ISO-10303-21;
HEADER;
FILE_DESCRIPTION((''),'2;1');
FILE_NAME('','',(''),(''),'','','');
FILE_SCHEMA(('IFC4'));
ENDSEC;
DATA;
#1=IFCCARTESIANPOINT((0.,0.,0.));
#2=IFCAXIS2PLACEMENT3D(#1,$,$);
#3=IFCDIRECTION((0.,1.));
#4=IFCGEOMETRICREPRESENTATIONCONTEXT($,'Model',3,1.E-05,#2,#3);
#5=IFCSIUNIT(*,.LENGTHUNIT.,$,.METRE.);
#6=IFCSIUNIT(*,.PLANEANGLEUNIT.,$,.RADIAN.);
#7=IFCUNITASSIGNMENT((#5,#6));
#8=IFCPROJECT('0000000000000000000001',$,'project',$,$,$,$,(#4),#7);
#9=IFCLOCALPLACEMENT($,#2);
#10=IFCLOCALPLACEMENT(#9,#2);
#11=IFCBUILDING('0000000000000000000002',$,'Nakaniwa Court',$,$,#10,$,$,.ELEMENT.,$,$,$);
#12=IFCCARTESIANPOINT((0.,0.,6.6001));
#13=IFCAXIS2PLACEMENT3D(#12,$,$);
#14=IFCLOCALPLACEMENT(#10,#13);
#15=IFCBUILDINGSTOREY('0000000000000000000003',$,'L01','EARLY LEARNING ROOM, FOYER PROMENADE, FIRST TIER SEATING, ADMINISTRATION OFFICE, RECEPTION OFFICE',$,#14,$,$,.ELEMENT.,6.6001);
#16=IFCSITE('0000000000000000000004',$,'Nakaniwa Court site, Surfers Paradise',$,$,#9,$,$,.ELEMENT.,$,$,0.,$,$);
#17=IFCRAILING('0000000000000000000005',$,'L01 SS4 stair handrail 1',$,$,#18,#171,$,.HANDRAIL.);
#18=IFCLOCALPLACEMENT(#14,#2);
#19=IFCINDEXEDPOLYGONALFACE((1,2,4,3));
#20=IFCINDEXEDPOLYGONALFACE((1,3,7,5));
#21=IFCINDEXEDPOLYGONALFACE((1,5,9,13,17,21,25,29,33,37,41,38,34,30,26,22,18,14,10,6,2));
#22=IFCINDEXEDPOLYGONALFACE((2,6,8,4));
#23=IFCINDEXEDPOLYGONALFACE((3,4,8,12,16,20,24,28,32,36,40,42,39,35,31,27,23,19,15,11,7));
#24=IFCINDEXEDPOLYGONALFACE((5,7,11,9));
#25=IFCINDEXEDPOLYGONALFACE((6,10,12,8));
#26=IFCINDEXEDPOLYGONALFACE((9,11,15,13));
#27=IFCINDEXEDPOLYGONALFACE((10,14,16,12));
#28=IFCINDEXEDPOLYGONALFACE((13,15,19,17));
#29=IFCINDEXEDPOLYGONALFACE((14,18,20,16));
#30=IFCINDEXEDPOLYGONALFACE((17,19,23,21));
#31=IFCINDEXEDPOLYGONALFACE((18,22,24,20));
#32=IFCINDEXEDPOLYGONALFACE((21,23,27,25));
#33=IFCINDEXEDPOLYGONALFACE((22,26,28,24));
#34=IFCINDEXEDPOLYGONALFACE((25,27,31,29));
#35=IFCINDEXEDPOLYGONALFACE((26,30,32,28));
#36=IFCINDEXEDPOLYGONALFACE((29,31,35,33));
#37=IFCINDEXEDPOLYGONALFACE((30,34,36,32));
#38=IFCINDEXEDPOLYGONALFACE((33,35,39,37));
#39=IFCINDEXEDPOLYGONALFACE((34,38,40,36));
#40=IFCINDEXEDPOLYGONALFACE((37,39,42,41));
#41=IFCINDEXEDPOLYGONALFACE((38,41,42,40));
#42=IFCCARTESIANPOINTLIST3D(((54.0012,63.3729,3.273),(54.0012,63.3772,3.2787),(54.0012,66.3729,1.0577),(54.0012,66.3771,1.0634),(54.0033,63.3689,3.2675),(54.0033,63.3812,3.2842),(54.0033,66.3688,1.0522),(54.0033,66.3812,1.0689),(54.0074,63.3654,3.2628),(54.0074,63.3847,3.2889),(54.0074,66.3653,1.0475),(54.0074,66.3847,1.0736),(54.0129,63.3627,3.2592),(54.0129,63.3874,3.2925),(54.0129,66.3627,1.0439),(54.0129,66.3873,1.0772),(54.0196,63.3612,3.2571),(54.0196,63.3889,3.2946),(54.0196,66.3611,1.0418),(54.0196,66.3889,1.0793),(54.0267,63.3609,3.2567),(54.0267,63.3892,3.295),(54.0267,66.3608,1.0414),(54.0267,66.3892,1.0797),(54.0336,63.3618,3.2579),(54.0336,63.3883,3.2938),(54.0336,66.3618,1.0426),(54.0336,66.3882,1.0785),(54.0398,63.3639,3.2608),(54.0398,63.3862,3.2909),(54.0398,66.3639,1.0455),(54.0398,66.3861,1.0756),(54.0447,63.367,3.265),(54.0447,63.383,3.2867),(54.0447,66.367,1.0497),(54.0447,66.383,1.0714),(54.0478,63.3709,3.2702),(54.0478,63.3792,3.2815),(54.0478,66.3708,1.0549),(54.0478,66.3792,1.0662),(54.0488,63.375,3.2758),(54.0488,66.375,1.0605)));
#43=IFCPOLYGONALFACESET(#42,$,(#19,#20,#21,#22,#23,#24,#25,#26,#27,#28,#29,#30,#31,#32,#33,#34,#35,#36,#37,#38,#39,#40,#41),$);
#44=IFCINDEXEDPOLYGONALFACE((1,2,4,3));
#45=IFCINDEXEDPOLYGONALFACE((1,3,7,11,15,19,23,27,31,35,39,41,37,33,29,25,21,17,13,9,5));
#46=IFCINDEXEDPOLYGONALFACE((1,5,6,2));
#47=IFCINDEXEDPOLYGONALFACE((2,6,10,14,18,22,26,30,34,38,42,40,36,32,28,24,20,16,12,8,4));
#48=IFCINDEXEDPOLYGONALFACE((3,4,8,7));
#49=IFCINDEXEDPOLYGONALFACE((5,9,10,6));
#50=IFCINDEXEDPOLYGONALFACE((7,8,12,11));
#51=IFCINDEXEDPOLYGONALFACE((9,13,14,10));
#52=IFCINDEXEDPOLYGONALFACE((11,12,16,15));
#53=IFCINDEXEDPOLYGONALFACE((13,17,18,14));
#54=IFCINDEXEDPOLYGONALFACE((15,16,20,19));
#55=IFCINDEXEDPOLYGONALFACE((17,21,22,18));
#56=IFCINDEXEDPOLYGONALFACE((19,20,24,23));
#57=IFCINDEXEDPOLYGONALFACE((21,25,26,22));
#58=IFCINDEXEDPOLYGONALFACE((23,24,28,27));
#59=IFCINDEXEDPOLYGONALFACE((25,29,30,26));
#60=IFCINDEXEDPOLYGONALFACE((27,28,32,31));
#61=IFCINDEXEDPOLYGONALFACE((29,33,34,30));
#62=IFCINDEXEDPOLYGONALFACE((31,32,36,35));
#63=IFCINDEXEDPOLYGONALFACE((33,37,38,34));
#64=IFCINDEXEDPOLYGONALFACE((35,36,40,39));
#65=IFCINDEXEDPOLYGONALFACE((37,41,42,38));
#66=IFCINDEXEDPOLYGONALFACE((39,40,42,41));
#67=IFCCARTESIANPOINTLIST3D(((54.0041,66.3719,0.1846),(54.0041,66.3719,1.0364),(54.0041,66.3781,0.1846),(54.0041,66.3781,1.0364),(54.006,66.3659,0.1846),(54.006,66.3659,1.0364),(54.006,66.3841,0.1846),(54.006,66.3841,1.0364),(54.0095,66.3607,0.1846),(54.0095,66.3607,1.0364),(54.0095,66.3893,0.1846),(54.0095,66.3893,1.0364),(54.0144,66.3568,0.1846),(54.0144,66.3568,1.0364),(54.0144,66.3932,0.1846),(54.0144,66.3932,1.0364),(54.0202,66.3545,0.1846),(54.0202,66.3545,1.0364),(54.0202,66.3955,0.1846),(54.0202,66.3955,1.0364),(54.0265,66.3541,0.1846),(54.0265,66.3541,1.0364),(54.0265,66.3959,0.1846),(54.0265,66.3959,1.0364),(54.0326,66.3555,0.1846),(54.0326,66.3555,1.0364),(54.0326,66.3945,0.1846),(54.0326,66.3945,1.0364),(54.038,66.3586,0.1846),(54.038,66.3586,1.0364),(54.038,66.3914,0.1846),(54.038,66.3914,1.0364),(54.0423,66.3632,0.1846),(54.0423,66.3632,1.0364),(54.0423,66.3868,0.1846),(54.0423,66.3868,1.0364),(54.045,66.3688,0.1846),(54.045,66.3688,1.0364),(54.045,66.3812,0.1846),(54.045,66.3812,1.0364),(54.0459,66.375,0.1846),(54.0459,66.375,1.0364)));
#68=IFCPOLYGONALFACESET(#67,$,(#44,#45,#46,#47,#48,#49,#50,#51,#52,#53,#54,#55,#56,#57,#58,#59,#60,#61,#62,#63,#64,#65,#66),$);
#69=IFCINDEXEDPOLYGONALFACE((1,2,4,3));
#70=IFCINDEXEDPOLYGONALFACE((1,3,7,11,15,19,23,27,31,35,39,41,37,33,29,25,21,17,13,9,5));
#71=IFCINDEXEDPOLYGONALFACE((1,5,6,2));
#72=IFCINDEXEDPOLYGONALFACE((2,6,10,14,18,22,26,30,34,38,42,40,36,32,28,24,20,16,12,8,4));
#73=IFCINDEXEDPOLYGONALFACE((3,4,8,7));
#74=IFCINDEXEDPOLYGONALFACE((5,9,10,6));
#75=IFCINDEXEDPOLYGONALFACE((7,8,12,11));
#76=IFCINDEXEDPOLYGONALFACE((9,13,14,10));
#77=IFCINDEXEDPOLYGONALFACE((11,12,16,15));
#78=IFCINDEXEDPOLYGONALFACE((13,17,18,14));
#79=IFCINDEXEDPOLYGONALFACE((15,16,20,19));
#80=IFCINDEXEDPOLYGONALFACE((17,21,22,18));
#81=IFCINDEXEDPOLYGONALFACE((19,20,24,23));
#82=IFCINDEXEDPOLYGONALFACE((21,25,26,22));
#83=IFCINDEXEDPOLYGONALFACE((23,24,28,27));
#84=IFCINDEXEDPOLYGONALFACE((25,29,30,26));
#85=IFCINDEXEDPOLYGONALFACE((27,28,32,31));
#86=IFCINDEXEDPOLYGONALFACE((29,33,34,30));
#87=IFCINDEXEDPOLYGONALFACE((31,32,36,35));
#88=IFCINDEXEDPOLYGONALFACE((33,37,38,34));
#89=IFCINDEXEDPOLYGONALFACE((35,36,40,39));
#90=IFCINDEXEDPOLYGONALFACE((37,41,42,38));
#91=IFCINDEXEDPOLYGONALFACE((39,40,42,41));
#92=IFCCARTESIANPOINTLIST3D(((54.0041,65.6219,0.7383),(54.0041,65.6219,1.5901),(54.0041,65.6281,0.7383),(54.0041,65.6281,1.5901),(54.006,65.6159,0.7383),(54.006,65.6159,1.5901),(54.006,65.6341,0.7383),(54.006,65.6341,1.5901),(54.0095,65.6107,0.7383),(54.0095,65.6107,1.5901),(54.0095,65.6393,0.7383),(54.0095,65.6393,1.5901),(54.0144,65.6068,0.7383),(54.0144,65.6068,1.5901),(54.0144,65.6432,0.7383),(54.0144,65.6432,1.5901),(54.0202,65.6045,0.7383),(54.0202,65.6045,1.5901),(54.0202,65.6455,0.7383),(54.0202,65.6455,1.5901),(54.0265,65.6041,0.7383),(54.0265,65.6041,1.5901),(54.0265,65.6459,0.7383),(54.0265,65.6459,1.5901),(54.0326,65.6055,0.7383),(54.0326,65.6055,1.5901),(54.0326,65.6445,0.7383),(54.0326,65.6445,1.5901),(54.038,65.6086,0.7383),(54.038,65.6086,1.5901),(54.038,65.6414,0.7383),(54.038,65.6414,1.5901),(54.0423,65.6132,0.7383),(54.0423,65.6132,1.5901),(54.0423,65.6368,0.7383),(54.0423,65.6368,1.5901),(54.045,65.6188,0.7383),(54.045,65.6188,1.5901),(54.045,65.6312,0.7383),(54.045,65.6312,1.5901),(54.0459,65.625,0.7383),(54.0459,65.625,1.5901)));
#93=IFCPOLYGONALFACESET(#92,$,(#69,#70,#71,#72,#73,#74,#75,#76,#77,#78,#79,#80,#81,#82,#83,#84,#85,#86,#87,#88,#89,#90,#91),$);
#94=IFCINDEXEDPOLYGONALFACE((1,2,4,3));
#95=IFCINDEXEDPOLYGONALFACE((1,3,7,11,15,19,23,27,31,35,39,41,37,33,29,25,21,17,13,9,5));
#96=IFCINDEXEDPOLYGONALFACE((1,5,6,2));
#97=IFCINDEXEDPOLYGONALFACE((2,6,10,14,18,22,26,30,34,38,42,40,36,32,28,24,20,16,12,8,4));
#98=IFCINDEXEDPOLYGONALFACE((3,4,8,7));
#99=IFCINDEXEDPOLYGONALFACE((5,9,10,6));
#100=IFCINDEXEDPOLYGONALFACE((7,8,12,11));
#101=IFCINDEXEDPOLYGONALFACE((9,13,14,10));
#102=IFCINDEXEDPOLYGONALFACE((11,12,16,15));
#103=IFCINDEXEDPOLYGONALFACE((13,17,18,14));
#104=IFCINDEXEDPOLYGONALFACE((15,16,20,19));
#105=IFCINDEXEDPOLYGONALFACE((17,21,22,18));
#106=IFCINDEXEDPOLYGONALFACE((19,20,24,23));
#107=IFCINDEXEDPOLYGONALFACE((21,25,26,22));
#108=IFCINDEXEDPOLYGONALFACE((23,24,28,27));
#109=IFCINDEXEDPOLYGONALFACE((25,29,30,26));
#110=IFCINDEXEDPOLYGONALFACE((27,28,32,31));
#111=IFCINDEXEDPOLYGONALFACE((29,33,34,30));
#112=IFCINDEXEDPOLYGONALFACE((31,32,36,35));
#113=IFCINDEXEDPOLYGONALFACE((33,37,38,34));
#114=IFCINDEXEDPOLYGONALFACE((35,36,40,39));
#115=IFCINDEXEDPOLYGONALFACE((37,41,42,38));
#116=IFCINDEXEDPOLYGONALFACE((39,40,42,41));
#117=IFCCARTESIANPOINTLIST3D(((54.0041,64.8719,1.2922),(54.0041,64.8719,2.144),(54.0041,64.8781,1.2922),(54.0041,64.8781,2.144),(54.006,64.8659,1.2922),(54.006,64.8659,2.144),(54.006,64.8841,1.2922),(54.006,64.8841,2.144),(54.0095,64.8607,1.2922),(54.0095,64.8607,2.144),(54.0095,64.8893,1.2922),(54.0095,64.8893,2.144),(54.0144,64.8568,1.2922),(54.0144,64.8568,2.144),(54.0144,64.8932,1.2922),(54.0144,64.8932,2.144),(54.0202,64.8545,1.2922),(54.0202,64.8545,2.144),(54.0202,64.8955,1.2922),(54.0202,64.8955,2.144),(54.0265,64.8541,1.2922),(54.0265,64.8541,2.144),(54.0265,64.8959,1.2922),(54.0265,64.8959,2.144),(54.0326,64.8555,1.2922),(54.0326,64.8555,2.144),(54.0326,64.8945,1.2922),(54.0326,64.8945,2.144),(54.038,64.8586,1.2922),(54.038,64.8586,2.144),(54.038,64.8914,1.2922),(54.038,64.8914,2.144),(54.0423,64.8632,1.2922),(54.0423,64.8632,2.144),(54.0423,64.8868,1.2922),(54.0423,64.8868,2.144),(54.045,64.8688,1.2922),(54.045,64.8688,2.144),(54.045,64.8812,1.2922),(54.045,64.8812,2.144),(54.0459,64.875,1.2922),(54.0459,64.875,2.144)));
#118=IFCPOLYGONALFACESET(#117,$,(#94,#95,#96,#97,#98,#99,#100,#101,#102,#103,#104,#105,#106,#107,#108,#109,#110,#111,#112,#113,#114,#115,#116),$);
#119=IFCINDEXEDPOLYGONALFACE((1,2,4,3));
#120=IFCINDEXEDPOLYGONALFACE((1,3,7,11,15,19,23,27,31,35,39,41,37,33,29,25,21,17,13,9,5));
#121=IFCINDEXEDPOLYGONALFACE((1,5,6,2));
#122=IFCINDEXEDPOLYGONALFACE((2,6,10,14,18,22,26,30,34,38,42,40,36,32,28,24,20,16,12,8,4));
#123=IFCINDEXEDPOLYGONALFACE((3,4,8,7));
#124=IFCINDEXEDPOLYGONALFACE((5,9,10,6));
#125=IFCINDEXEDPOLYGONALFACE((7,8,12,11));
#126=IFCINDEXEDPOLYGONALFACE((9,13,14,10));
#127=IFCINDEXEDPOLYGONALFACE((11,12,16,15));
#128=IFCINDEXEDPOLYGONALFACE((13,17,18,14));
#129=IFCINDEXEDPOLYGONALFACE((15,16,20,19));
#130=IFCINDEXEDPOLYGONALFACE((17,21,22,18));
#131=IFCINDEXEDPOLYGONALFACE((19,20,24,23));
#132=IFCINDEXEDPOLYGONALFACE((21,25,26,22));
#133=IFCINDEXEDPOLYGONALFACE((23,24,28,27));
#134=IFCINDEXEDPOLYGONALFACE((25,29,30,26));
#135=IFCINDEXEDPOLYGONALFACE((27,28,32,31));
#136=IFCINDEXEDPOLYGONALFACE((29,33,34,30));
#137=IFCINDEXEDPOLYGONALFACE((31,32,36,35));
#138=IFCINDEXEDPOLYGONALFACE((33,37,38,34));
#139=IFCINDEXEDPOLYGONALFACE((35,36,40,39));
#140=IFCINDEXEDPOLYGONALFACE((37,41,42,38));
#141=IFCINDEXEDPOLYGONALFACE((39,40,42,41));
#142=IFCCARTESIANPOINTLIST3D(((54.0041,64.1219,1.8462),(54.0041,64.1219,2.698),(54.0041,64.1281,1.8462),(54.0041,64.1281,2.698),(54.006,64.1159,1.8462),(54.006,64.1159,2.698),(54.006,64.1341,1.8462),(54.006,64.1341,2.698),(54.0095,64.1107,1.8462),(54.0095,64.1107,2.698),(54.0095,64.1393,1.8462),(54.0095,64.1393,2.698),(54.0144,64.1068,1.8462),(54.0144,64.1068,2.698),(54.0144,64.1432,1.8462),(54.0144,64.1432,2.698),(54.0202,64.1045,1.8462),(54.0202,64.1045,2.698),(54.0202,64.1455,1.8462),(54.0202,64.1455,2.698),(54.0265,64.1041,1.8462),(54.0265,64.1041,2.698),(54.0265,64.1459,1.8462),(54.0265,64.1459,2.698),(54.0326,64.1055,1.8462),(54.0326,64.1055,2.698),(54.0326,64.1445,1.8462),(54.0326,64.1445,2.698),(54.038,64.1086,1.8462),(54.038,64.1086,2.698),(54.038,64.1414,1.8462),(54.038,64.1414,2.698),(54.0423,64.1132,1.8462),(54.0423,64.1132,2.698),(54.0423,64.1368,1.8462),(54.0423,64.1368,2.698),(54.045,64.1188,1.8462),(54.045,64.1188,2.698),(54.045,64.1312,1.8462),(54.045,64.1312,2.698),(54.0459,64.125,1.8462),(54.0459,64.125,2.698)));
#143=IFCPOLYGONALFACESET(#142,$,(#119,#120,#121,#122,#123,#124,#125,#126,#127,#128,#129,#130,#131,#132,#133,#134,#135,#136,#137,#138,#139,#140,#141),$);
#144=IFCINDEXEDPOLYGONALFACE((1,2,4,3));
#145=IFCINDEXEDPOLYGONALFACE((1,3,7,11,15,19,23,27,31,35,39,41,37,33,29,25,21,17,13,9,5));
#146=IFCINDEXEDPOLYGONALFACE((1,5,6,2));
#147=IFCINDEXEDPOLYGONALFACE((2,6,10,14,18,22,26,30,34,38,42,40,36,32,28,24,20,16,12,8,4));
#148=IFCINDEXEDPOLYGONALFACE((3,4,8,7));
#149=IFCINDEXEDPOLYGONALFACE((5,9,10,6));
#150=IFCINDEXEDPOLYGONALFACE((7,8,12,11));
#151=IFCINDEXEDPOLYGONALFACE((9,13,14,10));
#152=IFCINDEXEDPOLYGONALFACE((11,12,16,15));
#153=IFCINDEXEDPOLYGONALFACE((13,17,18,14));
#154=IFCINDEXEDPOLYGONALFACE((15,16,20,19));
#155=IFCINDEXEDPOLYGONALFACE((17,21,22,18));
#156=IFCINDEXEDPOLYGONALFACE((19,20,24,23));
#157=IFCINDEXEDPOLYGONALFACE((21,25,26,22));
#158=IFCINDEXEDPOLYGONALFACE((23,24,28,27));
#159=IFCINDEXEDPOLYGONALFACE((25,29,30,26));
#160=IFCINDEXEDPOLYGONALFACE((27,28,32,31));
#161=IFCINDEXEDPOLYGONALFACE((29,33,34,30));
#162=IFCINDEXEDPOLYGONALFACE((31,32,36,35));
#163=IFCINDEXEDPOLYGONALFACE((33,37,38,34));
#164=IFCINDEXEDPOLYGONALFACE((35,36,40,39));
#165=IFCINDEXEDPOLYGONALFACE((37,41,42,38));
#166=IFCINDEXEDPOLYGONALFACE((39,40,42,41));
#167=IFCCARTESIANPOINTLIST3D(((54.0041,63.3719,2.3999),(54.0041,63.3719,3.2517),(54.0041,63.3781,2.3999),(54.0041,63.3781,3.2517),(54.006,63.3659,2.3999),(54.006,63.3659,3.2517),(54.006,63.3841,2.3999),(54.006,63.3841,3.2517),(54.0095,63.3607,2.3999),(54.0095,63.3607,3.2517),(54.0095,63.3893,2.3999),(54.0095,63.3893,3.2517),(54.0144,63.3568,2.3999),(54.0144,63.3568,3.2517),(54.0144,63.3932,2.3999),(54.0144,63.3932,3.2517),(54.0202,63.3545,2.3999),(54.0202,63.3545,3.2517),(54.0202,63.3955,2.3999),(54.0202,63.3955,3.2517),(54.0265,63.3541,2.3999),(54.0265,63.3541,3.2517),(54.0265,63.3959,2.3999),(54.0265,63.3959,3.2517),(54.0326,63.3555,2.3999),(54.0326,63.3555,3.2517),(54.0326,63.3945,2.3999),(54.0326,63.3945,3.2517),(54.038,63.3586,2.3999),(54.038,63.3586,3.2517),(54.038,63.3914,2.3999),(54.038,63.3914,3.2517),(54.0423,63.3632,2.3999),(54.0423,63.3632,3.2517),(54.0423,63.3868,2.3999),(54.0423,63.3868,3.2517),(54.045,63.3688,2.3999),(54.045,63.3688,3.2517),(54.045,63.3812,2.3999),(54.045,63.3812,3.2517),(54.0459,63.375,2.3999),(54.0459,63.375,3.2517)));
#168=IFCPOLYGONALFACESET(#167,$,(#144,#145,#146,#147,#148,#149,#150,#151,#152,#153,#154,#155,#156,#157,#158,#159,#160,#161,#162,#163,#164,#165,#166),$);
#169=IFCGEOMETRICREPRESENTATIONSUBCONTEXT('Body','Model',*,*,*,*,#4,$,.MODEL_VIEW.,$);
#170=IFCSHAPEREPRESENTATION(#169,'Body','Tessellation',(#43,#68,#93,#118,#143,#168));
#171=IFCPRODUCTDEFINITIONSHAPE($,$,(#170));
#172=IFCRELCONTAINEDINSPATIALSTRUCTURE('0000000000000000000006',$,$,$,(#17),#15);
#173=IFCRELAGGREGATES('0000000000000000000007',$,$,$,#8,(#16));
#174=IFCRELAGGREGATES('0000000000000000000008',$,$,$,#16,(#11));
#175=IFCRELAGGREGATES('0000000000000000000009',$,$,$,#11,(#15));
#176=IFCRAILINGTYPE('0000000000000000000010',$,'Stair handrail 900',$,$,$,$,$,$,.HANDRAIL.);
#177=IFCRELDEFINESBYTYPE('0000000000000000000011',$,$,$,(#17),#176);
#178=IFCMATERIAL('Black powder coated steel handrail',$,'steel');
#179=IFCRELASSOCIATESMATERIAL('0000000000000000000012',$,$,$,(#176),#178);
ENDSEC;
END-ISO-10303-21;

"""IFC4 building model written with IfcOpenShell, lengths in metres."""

from ifc_helpers import new_model, si_unit, direction, frame, origin, origin_2d, place, context, subcontext, project, spatial, circle, extrude, material, type_object, element, save


model = new_model("IFC4")

# Units and contexts
model_context = context("Model", 3, precision=1e-05, world=origin(), true_north=direction((0.0, 1.0)))
body_context = subcontext(model_context, "Body", "Model", "MODEL_VIEW")
ifc_project = project(units=[si_unit("LENGTHUNIT", "METRE"), si_unit("PLANEANGLEUNIT", "RADIAN")], contexts=[model_context])

# Site, building, storey
site_placement = place(None, origin())
site = spatial("IfcSite", under=ifc_project, at=site_placement, Name="Nakaniwa Court site, Surfers Paradise", CompositionType="ELEMENT", RefElevation=0.0)
building_placement = place(site_placement, origin())
building = spatial("IfcBuilding", under=site, at=building_placement, Name="Nakaniwa Court", CompositionType="ELEMENT")
storey_placement = place(building_placement, frame((0.0, 0.0, 6.6001)))
storey = spatial("IfcBuildingStorey", under=building, at=storey_placement, Name="L01", Description="EARLY LEARNING ROOM, FOYER PROMENADE, FIRST TIER SEATING, ADMINISTRATION OFFICE, RECEPTION OFFICE", CompositionType="ELEMENT", Elevation=6.6001)

# Railing
ifc_material_1 = material(Name="Black powder coated steel handrail", Category="steel")
railing_type_1 = type_object("IfcRailingType", Name="Stair handrail 900", PredefinedType="HANDRAIL", material=ifc_material_1)
railing_1_placement = place(storey_placement, frame((54.0249, 66.375, 0.1846)))
element("IfcRailing", 1, at=railing_1_placement, inside=storey, type_object=railing_type_1, Name="L01 SS4 stair handrail 1", PredefinedType="HANDRAIL", context=body_context, shape_type="SweptSolid", body=[
    extrude(circle(Radius=0.0239, at=origin_2d()), frame((0.0, 0.0, 0.876), z_axis=(0.0, -0.80444, 0.594034), x_axis=(1.0, 0.0, 0.0)), (0.0, 0.0, 1.0), 3.7292),
    extrude(circle(Radius=0.021, at=origin_2d()), origin(), (0.0, 0.0, 1.0), 0.8518),
    extrude(circle(Radius=0.021, at=origin_2d()), frame((0.0, -0.75, 0.5537)), (0.0, 0.0, 1.0), 0.8518),
    extrude(circle(Radius=0.021, at=origin_2d()), frame((0.0, -1.5, 1.1077)), (0.0, 0.0, 1.0), 0.8518),
    extrude(circle(Radius=0.021, at=origin_2d()), frame((0.0, -2.25, 1.6616)), (0.0, 0.0, 1.0), 0.8518),
    extrude(circle(Radius=0.021, at=origin_2d()), frame((0.0, -3.0, 2.2153)), (0.0, 0.0, 1.0), 0.8518),
])

save(model, "model.ifc")
